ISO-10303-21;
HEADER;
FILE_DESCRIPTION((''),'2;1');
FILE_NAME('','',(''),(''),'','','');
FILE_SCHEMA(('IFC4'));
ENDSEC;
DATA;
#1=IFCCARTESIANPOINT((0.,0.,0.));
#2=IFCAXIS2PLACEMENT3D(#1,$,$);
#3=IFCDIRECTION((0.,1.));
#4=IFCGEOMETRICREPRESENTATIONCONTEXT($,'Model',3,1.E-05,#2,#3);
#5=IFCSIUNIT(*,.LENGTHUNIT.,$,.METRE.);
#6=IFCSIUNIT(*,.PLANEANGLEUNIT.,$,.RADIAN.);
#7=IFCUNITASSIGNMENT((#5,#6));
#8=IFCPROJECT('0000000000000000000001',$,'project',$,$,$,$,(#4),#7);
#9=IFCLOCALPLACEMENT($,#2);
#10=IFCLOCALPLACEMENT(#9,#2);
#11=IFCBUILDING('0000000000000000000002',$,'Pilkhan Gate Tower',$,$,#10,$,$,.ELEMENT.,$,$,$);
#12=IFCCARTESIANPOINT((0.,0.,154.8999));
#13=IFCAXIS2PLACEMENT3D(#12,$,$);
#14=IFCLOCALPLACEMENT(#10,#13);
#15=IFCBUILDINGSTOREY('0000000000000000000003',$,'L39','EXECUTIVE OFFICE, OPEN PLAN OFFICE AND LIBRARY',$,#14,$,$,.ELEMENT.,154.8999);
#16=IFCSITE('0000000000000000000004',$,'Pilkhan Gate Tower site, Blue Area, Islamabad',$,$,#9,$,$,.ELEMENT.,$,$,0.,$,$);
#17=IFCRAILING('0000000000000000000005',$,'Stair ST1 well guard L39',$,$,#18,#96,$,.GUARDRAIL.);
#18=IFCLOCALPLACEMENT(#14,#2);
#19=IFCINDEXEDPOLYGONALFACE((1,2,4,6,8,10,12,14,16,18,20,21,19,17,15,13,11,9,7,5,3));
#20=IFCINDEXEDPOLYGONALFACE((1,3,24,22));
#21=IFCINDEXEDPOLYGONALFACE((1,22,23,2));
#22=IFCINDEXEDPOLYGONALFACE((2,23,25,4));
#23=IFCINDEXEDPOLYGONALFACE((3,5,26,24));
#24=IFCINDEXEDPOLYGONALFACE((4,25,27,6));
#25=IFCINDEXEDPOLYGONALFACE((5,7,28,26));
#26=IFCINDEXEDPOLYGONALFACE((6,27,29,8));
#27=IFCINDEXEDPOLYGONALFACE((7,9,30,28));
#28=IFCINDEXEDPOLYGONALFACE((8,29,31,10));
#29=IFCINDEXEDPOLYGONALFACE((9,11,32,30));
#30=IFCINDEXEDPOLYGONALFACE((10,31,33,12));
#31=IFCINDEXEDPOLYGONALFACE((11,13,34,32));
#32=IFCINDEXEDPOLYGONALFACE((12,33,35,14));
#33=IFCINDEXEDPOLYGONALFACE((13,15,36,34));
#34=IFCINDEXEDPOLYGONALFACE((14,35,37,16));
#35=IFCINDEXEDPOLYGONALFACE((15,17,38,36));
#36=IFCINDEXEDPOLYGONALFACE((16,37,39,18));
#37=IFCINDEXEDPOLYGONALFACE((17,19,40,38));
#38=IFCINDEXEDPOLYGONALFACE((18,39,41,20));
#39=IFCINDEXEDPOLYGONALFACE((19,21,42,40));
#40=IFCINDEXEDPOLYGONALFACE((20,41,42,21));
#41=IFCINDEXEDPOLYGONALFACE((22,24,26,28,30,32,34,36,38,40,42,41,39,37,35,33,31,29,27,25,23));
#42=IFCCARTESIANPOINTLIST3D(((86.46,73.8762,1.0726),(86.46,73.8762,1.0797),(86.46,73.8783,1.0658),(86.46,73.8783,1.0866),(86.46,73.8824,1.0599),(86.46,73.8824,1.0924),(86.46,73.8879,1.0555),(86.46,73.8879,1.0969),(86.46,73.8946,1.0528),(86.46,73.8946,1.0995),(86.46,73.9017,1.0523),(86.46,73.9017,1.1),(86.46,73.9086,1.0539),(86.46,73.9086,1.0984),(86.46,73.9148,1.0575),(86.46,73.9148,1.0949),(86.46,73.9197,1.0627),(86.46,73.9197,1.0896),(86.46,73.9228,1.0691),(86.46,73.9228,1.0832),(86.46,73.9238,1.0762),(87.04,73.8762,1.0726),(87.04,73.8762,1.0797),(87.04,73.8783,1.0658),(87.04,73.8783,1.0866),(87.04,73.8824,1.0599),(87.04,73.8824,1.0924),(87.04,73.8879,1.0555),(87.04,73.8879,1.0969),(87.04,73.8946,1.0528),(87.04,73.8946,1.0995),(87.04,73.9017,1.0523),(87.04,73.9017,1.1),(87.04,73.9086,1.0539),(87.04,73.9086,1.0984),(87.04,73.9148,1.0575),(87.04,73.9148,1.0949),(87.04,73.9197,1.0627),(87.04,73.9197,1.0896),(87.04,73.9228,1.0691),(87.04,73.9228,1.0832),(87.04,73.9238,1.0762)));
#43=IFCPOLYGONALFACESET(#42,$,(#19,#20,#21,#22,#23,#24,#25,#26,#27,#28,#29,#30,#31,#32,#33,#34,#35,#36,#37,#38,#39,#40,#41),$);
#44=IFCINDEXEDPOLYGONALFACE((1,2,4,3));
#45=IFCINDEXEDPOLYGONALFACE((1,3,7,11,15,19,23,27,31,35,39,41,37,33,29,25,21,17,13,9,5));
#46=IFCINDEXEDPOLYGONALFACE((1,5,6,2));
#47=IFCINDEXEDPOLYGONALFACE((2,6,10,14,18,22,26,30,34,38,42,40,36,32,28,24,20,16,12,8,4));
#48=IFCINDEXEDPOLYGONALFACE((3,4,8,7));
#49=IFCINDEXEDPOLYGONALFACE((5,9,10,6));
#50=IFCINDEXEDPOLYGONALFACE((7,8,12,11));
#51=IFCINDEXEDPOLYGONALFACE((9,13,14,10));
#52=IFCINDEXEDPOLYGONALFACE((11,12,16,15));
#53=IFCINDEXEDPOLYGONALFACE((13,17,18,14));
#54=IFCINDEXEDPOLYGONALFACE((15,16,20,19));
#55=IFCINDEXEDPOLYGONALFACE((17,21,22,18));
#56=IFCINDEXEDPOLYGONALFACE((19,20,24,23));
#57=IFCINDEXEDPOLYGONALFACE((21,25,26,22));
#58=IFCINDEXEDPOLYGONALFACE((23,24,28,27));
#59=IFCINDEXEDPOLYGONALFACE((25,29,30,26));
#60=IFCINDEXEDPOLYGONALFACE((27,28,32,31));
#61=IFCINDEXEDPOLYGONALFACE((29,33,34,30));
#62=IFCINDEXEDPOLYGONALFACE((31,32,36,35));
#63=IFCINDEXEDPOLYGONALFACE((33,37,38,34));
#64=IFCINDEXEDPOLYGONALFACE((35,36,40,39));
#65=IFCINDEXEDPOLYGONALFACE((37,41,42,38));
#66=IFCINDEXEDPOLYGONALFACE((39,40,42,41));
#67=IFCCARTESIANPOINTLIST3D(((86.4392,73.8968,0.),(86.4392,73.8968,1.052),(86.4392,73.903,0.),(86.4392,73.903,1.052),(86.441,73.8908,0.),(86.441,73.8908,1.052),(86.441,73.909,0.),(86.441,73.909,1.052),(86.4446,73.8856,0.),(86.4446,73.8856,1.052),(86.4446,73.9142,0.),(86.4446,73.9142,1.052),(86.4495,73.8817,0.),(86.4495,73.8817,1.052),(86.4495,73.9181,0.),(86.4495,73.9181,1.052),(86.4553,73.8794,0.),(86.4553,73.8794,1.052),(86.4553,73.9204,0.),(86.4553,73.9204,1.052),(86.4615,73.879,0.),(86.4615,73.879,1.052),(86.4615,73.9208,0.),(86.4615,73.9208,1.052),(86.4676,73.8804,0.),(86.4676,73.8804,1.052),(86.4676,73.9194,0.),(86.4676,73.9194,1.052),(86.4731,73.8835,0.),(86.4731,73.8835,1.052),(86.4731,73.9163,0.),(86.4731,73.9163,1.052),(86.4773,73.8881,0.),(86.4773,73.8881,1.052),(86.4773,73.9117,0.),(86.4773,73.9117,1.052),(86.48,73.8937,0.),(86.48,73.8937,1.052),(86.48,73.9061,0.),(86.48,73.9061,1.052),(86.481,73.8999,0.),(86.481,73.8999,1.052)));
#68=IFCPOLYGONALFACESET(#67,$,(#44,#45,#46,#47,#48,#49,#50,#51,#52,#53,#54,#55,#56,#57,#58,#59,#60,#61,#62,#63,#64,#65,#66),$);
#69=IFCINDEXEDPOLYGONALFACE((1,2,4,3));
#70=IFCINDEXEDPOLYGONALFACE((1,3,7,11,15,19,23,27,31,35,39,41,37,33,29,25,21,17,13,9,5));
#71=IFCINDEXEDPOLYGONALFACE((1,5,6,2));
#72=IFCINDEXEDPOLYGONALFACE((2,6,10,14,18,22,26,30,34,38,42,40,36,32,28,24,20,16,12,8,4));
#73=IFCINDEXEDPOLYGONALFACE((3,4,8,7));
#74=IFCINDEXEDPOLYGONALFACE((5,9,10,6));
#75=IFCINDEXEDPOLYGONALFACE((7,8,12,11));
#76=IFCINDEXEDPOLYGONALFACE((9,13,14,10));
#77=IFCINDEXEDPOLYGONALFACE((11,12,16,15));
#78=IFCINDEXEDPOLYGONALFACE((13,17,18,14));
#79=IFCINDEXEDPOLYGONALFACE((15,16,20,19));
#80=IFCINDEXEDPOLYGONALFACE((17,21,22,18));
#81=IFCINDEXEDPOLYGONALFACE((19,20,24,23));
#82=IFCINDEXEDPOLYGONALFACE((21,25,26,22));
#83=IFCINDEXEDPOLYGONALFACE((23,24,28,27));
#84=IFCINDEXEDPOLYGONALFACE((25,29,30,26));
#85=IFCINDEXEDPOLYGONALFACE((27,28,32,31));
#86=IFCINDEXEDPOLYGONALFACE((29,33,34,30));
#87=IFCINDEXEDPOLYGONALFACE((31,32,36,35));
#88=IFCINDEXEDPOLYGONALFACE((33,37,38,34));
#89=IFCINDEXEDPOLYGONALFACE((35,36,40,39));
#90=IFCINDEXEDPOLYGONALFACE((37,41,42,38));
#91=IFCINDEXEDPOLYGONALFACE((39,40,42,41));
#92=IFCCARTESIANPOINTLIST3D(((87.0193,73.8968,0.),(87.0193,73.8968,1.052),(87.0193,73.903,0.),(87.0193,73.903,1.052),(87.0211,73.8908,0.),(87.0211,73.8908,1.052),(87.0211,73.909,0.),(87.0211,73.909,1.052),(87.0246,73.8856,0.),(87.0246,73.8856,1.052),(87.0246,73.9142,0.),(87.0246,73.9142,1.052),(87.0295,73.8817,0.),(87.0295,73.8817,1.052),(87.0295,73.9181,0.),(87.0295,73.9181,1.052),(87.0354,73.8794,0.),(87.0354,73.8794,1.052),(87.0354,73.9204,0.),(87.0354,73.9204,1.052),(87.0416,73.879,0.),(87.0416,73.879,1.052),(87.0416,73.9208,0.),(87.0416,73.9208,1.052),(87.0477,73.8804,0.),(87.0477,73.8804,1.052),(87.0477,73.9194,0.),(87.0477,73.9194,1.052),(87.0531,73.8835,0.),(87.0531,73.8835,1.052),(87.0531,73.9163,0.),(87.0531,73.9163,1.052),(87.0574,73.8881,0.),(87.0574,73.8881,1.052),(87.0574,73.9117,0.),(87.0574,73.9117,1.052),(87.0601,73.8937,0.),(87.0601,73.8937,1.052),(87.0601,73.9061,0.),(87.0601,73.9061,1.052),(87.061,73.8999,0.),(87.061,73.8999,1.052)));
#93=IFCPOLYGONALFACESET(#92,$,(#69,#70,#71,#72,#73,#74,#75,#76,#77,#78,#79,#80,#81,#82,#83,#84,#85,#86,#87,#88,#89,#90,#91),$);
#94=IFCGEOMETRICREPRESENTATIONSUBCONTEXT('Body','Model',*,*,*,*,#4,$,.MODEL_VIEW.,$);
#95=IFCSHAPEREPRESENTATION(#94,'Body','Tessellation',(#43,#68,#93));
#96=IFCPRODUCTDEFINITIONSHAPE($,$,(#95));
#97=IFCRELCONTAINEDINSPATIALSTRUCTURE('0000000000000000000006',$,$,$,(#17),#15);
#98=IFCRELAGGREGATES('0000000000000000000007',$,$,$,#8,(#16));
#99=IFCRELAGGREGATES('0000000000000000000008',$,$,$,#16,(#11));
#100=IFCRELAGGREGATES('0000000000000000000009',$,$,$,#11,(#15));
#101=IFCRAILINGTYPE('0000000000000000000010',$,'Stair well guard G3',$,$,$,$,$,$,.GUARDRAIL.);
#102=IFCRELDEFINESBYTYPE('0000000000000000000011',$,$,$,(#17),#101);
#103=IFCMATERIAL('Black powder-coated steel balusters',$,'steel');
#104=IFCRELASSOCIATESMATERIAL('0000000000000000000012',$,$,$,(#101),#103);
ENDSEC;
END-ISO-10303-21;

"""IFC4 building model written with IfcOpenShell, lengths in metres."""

from ifc_helpers import new_model, si_unit, direction, frame, origin, origin_2d, place, context, subcontext, project, spatial, circle, extrude, material, type_object, element, save


model = new_model("IFC4")

# Units and contexts
model_context = context("Model", 3, precision=1e-05, world=origin(), true_north=direction((0.0, 1.0)))
body_context = subcontext(model_context, "Body", "Model", "MODEL_VIEW")
ifc_project = project(units=[si_unit("LENGTHUNIT", "METRE"), si_unit("PLANEANGLEUNIT", "RADIAN")], contexts=[model_context])

# Site, building, storey
site_placement = place(None, origin())
site = spatial("IfcSite", under=ifc_project, at=site_placement, Name="Pilkhan Gate Tower site, Blue Area, Islamabad", CompositionType="ELEMENT", RefElevation=0.0)
building_placement = place(site_placement, origin())
building = spatial("IfcBuilding", under=site, at=building_placement, Name="Pilkhan Gate Tower", CompositionType="ELEMENT")
storey_placement = place(building_placement, frame((0.0, 0.0, 154.8999)))
storey = spatial("IfcBuildingStorey", under=building, at=storey_placement, Name="L39", Description="EXECUTIVE OFFICE, OPEN PLAN OFFICE AND LIBRARY", CompositionType="ELEMENT", Elevation=154.8999)

# Railing
ifc_material_1 = material(Name="Black powder-coated steel balusters", Category="steel")
railing_type_1 = type_object("IfcRailingType", Name="Stair well guard G3", PredefinedType="GUARDRAIL", material=ifc_material_1)
railing_1_placement = place(storey_placement, frame((86.46, 73.8999, 0.0)))
element("IfcRailing", 1, at=railing_1_placement, inside=storey, type_object=railing_type_1, Name="Stair ST1 well guard L39", PredefinedType="GUARDRAIL", context=body_context, shape_type="SweptSolid", body=[
    extrude(circle(Radius=0.0239, at=origin_2d()), frame((0.0, 0.0, 1.0762), z_axis=(1.0, 0.0, 0.0), x_axis=(0.0, 1.0, 0.0)), (0.0, 0.0, 1.0), 0.5801),
    extrude(circle(Radius=0.021, at=origin_2d()), origin(), (0.0, 0.0, 1.0), 1.052),
    extrude(circle(Radius=0.021, at=origin_2d()), frame((0.5801, 0.0, 0.0)), (0.0, 0.0, 1.0), 1.052),
])

save(model, "model.ifc")
